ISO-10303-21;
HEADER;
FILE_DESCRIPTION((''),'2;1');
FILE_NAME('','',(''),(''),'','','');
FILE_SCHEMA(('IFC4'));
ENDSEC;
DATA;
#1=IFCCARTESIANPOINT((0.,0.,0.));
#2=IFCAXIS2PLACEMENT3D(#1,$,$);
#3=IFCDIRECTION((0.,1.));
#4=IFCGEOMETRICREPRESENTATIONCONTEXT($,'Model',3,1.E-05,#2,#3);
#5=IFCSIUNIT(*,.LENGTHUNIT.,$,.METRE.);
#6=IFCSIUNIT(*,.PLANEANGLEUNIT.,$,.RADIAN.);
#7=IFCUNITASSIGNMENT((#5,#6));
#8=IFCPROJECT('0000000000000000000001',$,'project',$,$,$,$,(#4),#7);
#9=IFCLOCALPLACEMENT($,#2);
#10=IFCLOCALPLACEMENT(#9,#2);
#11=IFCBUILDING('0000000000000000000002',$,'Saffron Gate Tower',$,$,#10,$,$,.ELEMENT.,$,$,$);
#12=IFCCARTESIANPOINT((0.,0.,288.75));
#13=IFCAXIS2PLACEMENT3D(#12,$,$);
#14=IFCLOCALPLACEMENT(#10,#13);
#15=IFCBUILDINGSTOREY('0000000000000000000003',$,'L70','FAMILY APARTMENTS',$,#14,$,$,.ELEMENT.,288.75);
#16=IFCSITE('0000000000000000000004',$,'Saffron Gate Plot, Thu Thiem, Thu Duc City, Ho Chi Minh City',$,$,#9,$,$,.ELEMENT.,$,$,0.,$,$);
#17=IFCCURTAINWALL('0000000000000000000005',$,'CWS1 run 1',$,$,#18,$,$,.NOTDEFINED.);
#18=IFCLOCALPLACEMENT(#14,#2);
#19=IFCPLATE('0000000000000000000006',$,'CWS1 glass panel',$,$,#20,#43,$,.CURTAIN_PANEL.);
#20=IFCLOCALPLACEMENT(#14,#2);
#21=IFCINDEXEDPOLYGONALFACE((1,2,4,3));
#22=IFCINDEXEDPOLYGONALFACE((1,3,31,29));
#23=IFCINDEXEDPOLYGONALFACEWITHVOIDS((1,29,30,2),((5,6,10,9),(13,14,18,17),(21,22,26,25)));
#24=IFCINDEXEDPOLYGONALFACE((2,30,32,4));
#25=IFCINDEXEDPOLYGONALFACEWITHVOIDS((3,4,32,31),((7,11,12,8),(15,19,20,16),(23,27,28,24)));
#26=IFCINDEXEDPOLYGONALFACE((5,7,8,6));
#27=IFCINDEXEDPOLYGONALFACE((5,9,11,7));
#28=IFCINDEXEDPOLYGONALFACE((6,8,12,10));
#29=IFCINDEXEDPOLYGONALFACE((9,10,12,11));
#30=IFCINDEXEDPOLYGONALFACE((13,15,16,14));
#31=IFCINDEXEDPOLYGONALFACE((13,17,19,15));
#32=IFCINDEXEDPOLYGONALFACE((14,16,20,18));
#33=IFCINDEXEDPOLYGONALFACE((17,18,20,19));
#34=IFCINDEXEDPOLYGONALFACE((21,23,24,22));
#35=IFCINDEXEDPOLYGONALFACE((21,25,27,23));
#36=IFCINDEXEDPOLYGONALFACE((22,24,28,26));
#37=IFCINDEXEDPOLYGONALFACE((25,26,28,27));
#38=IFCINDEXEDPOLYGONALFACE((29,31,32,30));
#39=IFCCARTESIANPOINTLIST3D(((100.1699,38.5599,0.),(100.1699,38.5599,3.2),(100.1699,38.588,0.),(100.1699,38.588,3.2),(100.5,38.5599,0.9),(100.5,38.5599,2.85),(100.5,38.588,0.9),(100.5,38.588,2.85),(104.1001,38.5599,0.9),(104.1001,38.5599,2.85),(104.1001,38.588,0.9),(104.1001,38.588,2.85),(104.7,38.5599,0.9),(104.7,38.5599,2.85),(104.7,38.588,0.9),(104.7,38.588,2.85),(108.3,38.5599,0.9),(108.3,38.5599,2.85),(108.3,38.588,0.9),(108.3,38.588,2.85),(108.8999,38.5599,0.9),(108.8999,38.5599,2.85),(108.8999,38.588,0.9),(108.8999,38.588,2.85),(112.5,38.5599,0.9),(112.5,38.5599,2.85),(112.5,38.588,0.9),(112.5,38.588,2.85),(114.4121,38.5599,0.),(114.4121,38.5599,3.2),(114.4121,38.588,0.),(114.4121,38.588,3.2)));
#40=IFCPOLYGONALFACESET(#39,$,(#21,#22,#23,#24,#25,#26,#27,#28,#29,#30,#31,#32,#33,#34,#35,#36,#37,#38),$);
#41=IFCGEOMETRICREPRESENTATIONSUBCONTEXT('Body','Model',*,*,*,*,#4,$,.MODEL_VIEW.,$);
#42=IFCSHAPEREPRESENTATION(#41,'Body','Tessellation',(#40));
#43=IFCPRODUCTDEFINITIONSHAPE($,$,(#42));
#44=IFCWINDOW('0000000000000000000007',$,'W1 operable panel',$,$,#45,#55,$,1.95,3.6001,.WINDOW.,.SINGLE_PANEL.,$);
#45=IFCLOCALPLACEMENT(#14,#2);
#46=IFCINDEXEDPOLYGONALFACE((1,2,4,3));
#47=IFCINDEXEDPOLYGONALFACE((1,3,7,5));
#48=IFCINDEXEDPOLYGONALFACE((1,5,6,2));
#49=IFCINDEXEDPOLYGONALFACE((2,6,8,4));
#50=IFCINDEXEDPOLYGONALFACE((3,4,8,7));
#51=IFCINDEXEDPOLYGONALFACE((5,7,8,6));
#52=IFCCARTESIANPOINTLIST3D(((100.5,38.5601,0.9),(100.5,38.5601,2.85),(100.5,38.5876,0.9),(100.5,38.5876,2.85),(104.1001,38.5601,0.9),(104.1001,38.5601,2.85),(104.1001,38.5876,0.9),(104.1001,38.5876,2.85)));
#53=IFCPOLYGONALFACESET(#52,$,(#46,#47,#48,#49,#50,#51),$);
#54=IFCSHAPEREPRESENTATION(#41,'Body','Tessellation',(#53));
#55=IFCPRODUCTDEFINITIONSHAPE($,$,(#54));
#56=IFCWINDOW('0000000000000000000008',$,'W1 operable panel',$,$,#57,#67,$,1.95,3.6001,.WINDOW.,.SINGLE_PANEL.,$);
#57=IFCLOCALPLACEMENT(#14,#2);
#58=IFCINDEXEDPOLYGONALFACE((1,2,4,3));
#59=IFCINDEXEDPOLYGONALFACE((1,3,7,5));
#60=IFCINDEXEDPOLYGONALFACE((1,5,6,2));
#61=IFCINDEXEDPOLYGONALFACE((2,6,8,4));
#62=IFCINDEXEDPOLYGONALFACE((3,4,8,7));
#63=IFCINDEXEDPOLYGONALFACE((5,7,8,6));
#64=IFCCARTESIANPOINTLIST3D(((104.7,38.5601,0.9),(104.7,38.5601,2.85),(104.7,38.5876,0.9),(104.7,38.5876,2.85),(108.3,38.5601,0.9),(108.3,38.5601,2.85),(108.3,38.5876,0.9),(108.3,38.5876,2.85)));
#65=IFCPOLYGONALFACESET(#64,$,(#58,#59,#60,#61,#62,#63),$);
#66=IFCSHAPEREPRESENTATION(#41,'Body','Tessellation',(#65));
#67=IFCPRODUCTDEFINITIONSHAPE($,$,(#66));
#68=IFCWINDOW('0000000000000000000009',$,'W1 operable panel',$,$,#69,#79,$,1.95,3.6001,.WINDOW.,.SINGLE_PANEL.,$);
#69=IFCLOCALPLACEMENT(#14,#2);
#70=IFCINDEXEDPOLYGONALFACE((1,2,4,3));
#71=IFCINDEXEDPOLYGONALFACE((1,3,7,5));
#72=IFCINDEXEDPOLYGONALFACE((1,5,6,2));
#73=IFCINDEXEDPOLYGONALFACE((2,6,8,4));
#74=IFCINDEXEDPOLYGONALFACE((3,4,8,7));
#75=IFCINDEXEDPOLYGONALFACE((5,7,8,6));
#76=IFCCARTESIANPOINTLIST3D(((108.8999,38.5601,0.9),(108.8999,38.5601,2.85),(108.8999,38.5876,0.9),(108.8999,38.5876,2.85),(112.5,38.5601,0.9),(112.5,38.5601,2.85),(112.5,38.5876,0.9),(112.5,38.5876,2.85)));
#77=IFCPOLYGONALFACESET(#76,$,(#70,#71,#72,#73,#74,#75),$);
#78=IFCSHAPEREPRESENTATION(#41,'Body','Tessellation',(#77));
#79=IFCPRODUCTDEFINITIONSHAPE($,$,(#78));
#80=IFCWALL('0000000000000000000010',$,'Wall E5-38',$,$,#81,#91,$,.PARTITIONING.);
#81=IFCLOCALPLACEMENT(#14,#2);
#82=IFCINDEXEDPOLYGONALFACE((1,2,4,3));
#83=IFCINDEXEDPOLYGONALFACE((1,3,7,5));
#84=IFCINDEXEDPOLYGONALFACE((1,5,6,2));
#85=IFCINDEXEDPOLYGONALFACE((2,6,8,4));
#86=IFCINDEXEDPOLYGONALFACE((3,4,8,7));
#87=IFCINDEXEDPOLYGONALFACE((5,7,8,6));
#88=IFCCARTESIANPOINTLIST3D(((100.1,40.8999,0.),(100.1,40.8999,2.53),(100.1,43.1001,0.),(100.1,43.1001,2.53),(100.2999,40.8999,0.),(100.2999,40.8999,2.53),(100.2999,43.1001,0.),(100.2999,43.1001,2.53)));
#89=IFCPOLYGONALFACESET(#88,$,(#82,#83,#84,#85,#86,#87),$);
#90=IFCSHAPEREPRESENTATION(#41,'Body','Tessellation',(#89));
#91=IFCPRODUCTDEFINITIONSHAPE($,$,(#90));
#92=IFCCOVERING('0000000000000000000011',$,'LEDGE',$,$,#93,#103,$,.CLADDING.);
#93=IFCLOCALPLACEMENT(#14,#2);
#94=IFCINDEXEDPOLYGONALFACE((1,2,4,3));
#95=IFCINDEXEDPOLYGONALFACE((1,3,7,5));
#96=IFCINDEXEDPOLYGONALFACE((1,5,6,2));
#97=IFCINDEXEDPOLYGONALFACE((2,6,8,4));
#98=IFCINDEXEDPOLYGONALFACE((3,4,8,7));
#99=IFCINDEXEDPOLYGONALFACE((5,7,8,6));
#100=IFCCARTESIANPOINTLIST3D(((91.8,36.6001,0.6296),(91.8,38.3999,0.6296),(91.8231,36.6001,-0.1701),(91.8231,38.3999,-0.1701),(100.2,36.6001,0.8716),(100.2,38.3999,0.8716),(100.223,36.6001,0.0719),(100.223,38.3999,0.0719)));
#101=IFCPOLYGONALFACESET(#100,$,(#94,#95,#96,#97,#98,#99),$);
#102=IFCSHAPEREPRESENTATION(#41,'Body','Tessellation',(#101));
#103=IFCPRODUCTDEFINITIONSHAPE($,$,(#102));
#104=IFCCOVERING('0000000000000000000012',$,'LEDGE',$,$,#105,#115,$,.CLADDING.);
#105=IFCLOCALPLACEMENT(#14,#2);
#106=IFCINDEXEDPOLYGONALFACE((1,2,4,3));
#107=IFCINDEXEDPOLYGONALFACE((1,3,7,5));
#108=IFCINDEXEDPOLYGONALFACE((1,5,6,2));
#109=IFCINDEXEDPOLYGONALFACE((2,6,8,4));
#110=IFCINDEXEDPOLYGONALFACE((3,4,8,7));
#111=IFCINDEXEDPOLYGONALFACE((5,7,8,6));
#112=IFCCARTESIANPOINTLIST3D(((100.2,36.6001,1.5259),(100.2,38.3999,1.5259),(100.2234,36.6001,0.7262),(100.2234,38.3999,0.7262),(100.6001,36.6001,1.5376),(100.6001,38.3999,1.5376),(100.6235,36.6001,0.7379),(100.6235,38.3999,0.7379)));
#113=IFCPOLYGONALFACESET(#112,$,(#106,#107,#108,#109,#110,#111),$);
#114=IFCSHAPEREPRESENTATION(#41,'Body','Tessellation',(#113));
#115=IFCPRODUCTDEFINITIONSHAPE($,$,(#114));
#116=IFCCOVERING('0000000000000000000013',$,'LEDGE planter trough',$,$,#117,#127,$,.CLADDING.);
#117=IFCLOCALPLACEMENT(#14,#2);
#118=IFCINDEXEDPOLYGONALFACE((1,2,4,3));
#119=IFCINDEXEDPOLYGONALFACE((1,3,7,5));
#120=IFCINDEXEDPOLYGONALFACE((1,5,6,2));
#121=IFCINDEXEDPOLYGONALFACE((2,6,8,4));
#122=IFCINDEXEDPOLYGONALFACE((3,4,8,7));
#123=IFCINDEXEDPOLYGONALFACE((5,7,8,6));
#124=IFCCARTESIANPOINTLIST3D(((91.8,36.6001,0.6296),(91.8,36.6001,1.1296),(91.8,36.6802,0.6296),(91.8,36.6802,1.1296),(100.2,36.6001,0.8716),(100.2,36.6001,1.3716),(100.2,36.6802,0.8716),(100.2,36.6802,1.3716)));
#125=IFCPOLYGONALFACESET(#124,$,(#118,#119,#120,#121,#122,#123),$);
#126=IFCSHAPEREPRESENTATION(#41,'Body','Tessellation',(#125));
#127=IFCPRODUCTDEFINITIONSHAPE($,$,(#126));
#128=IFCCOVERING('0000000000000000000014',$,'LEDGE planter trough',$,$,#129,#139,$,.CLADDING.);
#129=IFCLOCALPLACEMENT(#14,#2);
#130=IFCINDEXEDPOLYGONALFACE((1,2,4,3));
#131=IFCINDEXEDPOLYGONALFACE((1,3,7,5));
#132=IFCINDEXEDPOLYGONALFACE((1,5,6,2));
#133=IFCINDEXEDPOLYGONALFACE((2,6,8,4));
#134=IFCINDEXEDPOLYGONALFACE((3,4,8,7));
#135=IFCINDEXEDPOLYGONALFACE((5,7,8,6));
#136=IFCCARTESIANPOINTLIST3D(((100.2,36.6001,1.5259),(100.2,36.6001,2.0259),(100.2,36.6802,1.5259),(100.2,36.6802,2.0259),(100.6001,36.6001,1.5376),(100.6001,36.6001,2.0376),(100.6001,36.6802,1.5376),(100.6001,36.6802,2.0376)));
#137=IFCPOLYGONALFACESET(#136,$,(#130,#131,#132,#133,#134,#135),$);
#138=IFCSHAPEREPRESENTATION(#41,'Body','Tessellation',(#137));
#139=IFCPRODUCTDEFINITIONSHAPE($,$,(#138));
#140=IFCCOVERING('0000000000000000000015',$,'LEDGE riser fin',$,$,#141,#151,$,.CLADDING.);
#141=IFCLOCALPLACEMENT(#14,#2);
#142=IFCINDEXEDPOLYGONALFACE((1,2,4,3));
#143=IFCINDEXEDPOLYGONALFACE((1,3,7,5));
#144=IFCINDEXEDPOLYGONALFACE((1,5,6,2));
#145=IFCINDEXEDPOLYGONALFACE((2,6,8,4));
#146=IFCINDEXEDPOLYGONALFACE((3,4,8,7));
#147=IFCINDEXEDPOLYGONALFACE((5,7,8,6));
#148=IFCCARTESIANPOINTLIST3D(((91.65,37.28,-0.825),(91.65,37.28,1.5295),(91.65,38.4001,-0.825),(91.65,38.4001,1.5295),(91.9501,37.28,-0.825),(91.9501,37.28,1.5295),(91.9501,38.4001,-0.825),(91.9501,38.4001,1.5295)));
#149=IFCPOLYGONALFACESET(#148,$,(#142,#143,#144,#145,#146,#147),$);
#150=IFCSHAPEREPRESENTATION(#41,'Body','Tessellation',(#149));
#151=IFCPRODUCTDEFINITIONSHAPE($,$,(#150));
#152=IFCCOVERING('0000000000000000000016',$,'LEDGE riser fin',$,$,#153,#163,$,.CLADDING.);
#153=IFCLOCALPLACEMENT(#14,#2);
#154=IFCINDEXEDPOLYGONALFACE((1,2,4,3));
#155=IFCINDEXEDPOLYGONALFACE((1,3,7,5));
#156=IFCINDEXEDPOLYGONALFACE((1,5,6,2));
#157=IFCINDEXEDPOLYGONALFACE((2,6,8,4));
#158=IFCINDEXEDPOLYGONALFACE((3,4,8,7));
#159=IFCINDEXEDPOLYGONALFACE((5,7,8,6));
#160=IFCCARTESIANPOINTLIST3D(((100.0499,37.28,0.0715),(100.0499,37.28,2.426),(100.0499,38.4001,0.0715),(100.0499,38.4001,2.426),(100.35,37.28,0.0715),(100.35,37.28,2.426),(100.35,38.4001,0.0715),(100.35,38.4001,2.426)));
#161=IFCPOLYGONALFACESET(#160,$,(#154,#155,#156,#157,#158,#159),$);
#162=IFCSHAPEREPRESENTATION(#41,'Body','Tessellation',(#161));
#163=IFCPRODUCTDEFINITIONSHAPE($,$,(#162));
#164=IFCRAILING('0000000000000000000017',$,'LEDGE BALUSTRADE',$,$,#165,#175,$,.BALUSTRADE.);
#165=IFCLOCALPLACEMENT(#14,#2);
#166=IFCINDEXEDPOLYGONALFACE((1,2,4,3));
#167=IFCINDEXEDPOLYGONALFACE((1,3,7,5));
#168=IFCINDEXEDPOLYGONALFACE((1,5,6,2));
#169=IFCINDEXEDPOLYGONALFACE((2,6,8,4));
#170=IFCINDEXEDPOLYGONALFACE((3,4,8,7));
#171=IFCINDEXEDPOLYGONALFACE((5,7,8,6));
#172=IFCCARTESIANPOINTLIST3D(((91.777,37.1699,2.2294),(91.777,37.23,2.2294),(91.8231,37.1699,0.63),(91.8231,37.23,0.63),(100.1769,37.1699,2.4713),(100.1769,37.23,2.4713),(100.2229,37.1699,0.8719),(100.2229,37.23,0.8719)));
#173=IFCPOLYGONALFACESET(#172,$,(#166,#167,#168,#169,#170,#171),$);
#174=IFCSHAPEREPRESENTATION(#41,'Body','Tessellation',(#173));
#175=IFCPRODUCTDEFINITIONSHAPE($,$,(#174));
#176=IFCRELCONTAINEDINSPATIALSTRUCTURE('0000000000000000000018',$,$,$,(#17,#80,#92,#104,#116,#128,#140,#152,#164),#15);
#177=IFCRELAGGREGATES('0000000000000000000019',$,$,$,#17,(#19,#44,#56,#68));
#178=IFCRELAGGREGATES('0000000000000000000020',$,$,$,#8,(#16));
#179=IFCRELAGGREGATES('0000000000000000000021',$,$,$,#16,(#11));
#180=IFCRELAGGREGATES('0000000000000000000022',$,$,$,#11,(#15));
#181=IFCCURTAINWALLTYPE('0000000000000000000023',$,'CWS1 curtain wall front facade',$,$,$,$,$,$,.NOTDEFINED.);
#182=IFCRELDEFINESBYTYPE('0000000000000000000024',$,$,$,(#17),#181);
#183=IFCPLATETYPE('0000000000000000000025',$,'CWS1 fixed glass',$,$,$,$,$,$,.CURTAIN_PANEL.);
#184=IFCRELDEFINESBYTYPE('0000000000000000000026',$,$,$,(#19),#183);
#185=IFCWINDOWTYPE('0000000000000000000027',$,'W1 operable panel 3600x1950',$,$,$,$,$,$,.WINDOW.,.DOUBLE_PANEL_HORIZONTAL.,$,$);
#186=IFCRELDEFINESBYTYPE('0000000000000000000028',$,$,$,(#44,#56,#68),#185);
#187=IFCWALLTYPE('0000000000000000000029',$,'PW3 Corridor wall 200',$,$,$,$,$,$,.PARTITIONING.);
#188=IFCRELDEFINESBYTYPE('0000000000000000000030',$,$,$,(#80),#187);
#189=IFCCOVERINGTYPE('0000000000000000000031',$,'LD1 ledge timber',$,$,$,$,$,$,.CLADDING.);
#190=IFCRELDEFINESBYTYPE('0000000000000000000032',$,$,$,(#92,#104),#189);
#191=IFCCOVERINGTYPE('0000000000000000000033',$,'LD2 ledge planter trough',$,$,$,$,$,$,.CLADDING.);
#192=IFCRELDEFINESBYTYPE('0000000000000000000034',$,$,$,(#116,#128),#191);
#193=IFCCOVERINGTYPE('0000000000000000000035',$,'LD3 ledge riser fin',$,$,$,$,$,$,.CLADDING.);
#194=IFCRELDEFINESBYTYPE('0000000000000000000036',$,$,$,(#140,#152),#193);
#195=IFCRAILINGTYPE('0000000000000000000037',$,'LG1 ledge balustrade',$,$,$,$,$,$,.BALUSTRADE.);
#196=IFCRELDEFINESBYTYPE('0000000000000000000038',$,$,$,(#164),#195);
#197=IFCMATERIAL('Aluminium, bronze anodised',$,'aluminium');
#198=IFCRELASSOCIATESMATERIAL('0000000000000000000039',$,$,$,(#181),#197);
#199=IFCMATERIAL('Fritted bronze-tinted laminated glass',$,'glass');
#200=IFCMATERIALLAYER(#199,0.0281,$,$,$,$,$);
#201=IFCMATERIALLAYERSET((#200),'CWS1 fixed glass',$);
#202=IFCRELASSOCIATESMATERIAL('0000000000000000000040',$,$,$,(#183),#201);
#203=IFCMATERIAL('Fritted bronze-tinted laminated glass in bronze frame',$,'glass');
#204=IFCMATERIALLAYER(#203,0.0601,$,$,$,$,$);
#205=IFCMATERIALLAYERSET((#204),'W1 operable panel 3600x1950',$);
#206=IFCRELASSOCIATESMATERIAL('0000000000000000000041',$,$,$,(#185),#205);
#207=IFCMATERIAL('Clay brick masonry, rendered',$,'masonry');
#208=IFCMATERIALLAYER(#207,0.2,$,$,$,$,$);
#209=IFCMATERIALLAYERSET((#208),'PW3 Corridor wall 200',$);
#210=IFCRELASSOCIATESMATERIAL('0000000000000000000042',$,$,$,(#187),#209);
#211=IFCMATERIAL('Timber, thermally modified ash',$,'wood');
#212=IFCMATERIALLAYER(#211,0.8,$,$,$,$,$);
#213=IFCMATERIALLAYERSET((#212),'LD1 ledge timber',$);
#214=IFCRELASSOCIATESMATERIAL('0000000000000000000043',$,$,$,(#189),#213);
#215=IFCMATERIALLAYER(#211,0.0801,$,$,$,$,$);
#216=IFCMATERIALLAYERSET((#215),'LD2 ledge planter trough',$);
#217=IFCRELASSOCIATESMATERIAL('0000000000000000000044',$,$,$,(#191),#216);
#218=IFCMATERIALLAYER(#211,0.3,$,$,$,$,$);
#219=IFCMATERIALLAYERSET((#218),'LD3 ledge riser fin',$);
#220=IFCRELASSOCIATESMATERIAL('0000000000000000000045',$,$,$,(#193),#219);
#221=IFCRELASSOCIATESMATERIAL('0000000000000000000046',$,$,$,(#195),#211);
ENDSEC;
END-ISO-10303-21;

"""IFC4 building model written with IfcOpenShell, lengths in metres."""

from ifc_helpers import new_model, si_unit, direction, frame, frame_2d, origin, origin_2d, place, context, subcontext, project, spatial, polyline, rectangle, outline, extrude, material, layer, layer_set, type_object, element, fill, aggregate, save


model = new_model("IFC4")

# Units and contexts
model_context = context("Model", 3, precision=1e-05, world=origin(), true_north=direction((0.0, 1.0)))
body_context = subcontext(model_context, "Body", "Model", "MODEL_VIEW")
ifc_project = project(units=[si_unit("LENGTHUNIT", "METRE"), si_unit("PLANEANGLEUNIT", "RADIAN")], contexts=[model_context])

# Site, building, storey
site_placement = place(None, origin())
site = spatial("IfcSite", under=ifc_project, at=site_placement, Name="Saffron Gate Plot, Thu Thiem, Thu Duc City, Ho Chi Minh City", CompositionType="ELEMENT", RefElevation=0.0)
building_placement = place(site_placement, origin())
building = spatial("IfcBuilding", under=site, at=building_placement, Name="Saffron Gate Tower", CompositionType="ELEMENT")
storey_placement = place(building_placement, frame((0.0, 0.0, 288.75)))
storey = spatial("IfcBuildingStorey", under=building, at=storey_placement, Name="L70", Description="FAMILY APARTMENTS", CompositionType="ELEMENT", Elevation=288.75)

# Curtain wall, plate, openings, windows
ifc_material_1 = material(Name="Aluminium, bronze anodised", Category="aluminium")
curtain_wall_type = type_object("IfcCurtainWallType", Name="CWS1 curtain wall front facade", PredefinedType="NOTDEFINED", material=ifc_material_1)
curtain_wall_placement = place(storey_placement, origin())
curtain_wall = element("IfcCurtainWall", 1, at=curtain_wall_placement, inside=storey, type_object=curtain_wall_type, Name="CWS1 run 1", PredefinedType="NOTDEFINED")
ifc_material_2 = material(Name="Fritted bronze-tinted laminated glass", Category="glass")
ifc_layer_1 = layer(ifc_material_2, 0.0281)
ifc_layer_set_1 = layer_set([ifc_layer_1], Name="CWS1 fixed glass")
plate_type = type_object("IfcPlateType", Name="CWS1 fixed glass", PredefinedType="CURTAIN_PANEL", material=ifc_layer_set_1)
plate_placement = place(storey_placement, frame((100.1699, 38.574, 0.0), z_axis=(0.0, 0.0, 1.0), x_axis=(1.0, 0.0, 0.0)))
plate = element("IfcPlate", 2, at=plate_placement, type_object=plate_type, Name="CWS1 glass panel", PredefinedType="CURTAIN_PANEL", context=body_context, shape_type="SweptSolid", body=[
    extrude(rectangle(XDim=14.2422, YDim=0.0281, at=frame_2d((7.1211, 0.0))), origin(), (0.0, 0.0, 1.0), 3.2),
])
opening_1_placement = place(plate_placement, frame((0.3301, 0.0, 0.8999)))
opening_1 = element("IfcOpeningElement", 3, at=opening_1_placement, cuts=plate, PredefinedType="OPENING", context=body_context, shape_type="SweptSolid", body=[
    extrude(rectangle(XDim=3.6001, YDim=1.95, at=frame_2d((1.8, 0.9751))), frame((0.0, 0.0239, 0.0), z_axis=(0.0, -1.0, 0.0), x_axis=(1.0, 0.0, 0.0)), (0.0, 0.0, 1.0), 0.0481),
])
opening_2_placement = place(plate_placement, frame((4.53, 0.0, 0.8999)))
opening_2 = element("IfcOpeningElement", 4, at=opening_2_placement, cuts=plate, PredefinedType="OPENING", context=body_context, shape_type="SweptSolid", body=[
    extrude(rectangle(XDim=3.6001, YDim=1.95, at=frame_2d((1.8, 0.9751))), frame((0.0, 0.0239, 0.0), z_axis=(0.0, -1.0, 0.0), x_axis=(1.0, 0.0, 0.0)), (0.0, 0.0, 1.0), 0.0481),
])
opening_3_placement = place(plate_placement, frame((8.73, 0.0, 0.8999)))
opening_3 = element("IfcOpeningElement", 5, at=opening_3_placement, cuts=plate, PredefinedType="OPENING", context=body_context, shape_type="SweptSolid", body=[
    extrude(rectangle(XDim=3.6001, YDim=1.95, at=frame_2d((1.8, 0.9751))), frame((0.0, 0.0239, 0.0), z_axis=(0.0, -1.0, 0.0), x_axis=(1.0, 0.0, 0.0)), (0.0, 0.0, 1.0), 0.0481),
])
ifc_material_3 = material(Name="Fritted bronze-tinted laminated glass in bronze frame", Category="glass")
ifc_layer_2 = layer(ifc_material_3, 0.0601)
ifc_layer_set_2 = layer_set([ifc_layer_2], Name="W1 operable panel 3600x1950")
window_type = type_object("IfcWindowType", Name="W1 operable panel 3600x1950", PartitioningType="DOUBLE_PANEL_HORIZONTAL", PredefinedType="WINDOW", material=ifc_layer_set_2)
window_1_placement = place(opening_1_placement, origin())
window_1 = element("IfcWindow", 6, at=window_1_placement, type_object=window_type, Name="W1 operable panel", OverallHeight=1.95, OverallWidth=3.6001, PartitioningType="SINGLE_PANEL", PredefinedType="WINDOW", context=body_context, shape_type="SweptSolid", body=[
    extrude(rectangle(XDim=3.6001, YDim=1.95, at=frame_2d((1.8, 0.9751))), frame((0.0, 0.0137, 0.0), z_axis=(0.0, -1.0, 0.0), x_axis=(1.0, 0.0, 0.0)), (0.0, 0.0, 1.0), 0.0276),
])
fill(opening_1, window_1)
window_2_placement = place(opening_2_placement, origin())
window_2 = element("IfcWindow", 7, at=window_2_placement, type_object=window_type, Name="W1 operable panel", OverallHeight=1.95, OverallWidth=3.6001, PartitioningType="SINGLE_PANEL", PredefinedType="WINDOW", context=body_context, shape_type="SweptSolid", body=[
    extrude(rectangle(XDim=3.6001, YDim=1.95, at=frame_2d((1.8, 0.9751))), frame((0.0, 0.0137, 0.0), z_axis=(0.0, -1.0, 0.0), x_axis=(1.0, 0.0, 0.0)), (0.0, 0.0, 1.0), 0.0276),
])
fill(opening_2, window_2)
window_3_placement = place(opening_3_placement, origin())
window_3 = element("IfcWindow", 8, at=window_3_placement, type_object=window_type, Name="W1 operable panel", OverallHeight=1.95, OverallWidth=3.6001, PartitioningType="SINGLE_PANEL", PredefinedType="WINDOW", context=body_context, shape_type="SweptSolid", body=[
    extrude(rectangle(XDim=3.6001, YDim=1.95, at=frame_2d((1.8, 0.9751))), frame((0.0, 0.0137, 0.0), z_axis=(0.0, -1.0, 0.0), x_axis=(1.0, 0.0, 0.0)), (0.0, 0.0, 1.0), 0.0276),
])
fill(opening_3, window_3)
aggregate(curtain_wall, [plate, window_1, window_2, window_3])

# Wall
ifc_material_4 = material(Name="Clay brick masonry, rendered", Category="masonry")
ifc_layer_3 = layer(ifc_material_4, 0.2)
ifc_layer_set_3 = layer_set([ifc_layer_3], Name="PW3 Corridor wall 200")
wall_type = type_object("IfcWallType", Name="PW3 Corridor wall 200", PredefinedType="PARTITIONING", material=ifc_layer_set_3)
wall_placement = place(storey_placement, frame((100.2, 43.1001, 0.0), z_axis=(0.0, 0.0, 1.0), x_axis=(0.0, -1.0, 0.0)))
element("IfcWall", 9, at=wall_placement, inside=storey, type_object=wall_type, Name="Wall E5-38", PredefinedType="PARTITIONING", context=body_context, shape_type="SweptSolid", body=[
    extrude(rectangle(XDim=2.2002, YDim=0.2, at=frame_2d((1.1001, 0.0))), origin(), (0.0, 0.0, 1.0), 2.53),
])

# Coverings
ifc_material_5 = material(Name="Timber, thermally modified ash", Category="wood")
ifc_layer_4 = layer(ifc_material_5, 0.8)
ifc_layer_set_4 = layer_set([ifc_layer_4], Name="LD1 ledge timber")
covering_type_1 = type_object("IfcCoveringType", Name="LD1 ledge timber", PredefinedType="CLADDING", material=ifc_layer_set_4)
covering_1_placement = place(storey_placement, frame((91.8, 38.3999, 0.6296), z_axis=(-0.028791, 0.0, 0.999585), x_axis=(0.999585, 0.0, 0.028791)))
element("IfcCovering", 10, at=covering_1_placement, inside=storey, type_object=covering_type_1, Name="LEDGE", PredefinedType="CLADDING", context=body_context, shape_type="SweptSolid", body=[
    extrude(outline(polyline([(0.0, 0.0), (8.4034, 0.0), (8.4034, -1.7998), (0.0, -1.7998), (0.0, 0.0)])), origin(), (0.0, 0.0, -1.0), 0.8),
])
covering_2_placement = place(storey_placement, frame((100.2, 38.3999, 1.5259), z_axis=(-0.029274, 0.0, 0.999571), x_axis=(0.999571, 0.0, 0.029274)))
element("IfcCovering", 11, at=covering_2_placement, inside=storey, type_object=covering_type_1, Name="LEDGE", PredefinedType="CLADDING", context=body_context, shape_type="SweptSolid", body=[
    extrude(outline(polyline([(0.0, 0.0), (0.4003, 0.0), (0.4003, -1.7998), (0.0, -1.7998), (0.0, 0.0)])), origin(), (0.0, 0.0, -1.0), 0.8),
])
ifc_layer_5 = layer(ifc_material_5, 0.0801)
ifc_layer_set_5 = layer_set([ifc_layer_5], Name="LD2 ledge planter trough")
covering_type_2 = type_object("IfcCoveringType", Name="LD2 ledge planter trough", PredefinedType="CLADDING", material=ifc_layer_set_5)
covering_3_placement = place(storey_placement, frame((91.8, 36.6001, 0.6296), z_axis=(0.0, -1.0, 0.0), x_axis=(0.999585, 0.0, 0.028791)))
element("IfcCovering", 12, at=covering_3_placement, inside=storey, type_object=covering_type_2, Name="LEDGE planter trough", PredefinedType="CLADDING", context=body_context, shape_type="SweptSolid", body=[
    extrude(outline(polyline([(0.0, 0.0), (8.4034, 0.0), (8.4178, 0.4998), (0.0144, 0.4998), (0.0, 0.0)])), origin(), (0.0, 0.0, -1.0), 0.0801),
])
covering_4_placement = place(storey_placement, frame((100.2, 36.6001, 1.5259), z_axis=(0.0, -1.0, 0.0), x_axis=(0.999571, 0.0, 0.029274)))
element("IfcCovering", 13, at=covering_4_placement, inside=storey, type_object=covering_type_2, Name="LEDGE planter trough", PredefinedType="CLADDING", context=body_context, shape_type="SweptSolid", body=[
    extrude(outline(polyline([(0.0, 0.0), (0.4003, 0.0), (0.415, 0.4998), (0.0146, 0.4998), (0.0, 0.0)])), origin(), (0.0, 0.0, -1.0), 0.0801),
])
ifc_layer_6 = layer(ifc_material_5, 0.3)
ifc_layer_set_6 = layer_set([ifc_layer_6], Name="LD3 ledge riser fin")
covering_type_3 = type_object("IfcCoveringType", Name="LD3 ledge riser fin", PredefinedType="CLADDING", material=ifc_layer_set_6)
for number, where, z_axis, x_axis, name in (
    (14, (91.8, 37.8401, -0.825), (0.0, 0.0, 1.0), (1.0, 0.0, 0.0), "LEDGE riser fin"),
    (15, (100.2, 37.8401, 0.0715), (0.0, 0.0, 1.0), (1.0, 0.0, 0.0), "LEDGE riser fin"),
):
    element("IfcCovering", number, at=place(storey_placement, frame(where, z_axis=z_axis, x_axis=x_axis)), inside=storey, type_object=covering_type_3, Name=name, PredefinedType="CLADDING", context=body_context, shape_type="SweptSolid", body=[
        extrude(rectangle(XDim=0.3, YDim=1.1201, at=origin_2d()), origin(), (0.0, 0.0, 1.0), 2.3545),
    ])

# Railing
railing_type_1 = type_object("IfcRailingType", Name="LG1 ledge balustrade", PredefinedType="BALUSTRADE", material=ifc_material_5)
railing_1_placement = place(storey_placement, frame((91.8, 37.2, 0.6296)))
element("IfcRailing", 16, at=railing_1_placement, inside=storey, type_object=railing_type_1, Name="LEDGE BALUSTRADE", PredefinedType="BALUSTRADE", context=body_context, shape_type="SweptSolid", body=[
    extrude(rectangle(XDim=0.0601, YDim=1.6001, at=origin_2d()), frame((0.0, 0.0, 0.8), z_axis=(0.999585, 0.0, 0.028791), x_axis=(0.0, 1.0, 0.0)), (0.0, 0.0, 1.0), 8.4033),
])

save(model, "model.ifc")
